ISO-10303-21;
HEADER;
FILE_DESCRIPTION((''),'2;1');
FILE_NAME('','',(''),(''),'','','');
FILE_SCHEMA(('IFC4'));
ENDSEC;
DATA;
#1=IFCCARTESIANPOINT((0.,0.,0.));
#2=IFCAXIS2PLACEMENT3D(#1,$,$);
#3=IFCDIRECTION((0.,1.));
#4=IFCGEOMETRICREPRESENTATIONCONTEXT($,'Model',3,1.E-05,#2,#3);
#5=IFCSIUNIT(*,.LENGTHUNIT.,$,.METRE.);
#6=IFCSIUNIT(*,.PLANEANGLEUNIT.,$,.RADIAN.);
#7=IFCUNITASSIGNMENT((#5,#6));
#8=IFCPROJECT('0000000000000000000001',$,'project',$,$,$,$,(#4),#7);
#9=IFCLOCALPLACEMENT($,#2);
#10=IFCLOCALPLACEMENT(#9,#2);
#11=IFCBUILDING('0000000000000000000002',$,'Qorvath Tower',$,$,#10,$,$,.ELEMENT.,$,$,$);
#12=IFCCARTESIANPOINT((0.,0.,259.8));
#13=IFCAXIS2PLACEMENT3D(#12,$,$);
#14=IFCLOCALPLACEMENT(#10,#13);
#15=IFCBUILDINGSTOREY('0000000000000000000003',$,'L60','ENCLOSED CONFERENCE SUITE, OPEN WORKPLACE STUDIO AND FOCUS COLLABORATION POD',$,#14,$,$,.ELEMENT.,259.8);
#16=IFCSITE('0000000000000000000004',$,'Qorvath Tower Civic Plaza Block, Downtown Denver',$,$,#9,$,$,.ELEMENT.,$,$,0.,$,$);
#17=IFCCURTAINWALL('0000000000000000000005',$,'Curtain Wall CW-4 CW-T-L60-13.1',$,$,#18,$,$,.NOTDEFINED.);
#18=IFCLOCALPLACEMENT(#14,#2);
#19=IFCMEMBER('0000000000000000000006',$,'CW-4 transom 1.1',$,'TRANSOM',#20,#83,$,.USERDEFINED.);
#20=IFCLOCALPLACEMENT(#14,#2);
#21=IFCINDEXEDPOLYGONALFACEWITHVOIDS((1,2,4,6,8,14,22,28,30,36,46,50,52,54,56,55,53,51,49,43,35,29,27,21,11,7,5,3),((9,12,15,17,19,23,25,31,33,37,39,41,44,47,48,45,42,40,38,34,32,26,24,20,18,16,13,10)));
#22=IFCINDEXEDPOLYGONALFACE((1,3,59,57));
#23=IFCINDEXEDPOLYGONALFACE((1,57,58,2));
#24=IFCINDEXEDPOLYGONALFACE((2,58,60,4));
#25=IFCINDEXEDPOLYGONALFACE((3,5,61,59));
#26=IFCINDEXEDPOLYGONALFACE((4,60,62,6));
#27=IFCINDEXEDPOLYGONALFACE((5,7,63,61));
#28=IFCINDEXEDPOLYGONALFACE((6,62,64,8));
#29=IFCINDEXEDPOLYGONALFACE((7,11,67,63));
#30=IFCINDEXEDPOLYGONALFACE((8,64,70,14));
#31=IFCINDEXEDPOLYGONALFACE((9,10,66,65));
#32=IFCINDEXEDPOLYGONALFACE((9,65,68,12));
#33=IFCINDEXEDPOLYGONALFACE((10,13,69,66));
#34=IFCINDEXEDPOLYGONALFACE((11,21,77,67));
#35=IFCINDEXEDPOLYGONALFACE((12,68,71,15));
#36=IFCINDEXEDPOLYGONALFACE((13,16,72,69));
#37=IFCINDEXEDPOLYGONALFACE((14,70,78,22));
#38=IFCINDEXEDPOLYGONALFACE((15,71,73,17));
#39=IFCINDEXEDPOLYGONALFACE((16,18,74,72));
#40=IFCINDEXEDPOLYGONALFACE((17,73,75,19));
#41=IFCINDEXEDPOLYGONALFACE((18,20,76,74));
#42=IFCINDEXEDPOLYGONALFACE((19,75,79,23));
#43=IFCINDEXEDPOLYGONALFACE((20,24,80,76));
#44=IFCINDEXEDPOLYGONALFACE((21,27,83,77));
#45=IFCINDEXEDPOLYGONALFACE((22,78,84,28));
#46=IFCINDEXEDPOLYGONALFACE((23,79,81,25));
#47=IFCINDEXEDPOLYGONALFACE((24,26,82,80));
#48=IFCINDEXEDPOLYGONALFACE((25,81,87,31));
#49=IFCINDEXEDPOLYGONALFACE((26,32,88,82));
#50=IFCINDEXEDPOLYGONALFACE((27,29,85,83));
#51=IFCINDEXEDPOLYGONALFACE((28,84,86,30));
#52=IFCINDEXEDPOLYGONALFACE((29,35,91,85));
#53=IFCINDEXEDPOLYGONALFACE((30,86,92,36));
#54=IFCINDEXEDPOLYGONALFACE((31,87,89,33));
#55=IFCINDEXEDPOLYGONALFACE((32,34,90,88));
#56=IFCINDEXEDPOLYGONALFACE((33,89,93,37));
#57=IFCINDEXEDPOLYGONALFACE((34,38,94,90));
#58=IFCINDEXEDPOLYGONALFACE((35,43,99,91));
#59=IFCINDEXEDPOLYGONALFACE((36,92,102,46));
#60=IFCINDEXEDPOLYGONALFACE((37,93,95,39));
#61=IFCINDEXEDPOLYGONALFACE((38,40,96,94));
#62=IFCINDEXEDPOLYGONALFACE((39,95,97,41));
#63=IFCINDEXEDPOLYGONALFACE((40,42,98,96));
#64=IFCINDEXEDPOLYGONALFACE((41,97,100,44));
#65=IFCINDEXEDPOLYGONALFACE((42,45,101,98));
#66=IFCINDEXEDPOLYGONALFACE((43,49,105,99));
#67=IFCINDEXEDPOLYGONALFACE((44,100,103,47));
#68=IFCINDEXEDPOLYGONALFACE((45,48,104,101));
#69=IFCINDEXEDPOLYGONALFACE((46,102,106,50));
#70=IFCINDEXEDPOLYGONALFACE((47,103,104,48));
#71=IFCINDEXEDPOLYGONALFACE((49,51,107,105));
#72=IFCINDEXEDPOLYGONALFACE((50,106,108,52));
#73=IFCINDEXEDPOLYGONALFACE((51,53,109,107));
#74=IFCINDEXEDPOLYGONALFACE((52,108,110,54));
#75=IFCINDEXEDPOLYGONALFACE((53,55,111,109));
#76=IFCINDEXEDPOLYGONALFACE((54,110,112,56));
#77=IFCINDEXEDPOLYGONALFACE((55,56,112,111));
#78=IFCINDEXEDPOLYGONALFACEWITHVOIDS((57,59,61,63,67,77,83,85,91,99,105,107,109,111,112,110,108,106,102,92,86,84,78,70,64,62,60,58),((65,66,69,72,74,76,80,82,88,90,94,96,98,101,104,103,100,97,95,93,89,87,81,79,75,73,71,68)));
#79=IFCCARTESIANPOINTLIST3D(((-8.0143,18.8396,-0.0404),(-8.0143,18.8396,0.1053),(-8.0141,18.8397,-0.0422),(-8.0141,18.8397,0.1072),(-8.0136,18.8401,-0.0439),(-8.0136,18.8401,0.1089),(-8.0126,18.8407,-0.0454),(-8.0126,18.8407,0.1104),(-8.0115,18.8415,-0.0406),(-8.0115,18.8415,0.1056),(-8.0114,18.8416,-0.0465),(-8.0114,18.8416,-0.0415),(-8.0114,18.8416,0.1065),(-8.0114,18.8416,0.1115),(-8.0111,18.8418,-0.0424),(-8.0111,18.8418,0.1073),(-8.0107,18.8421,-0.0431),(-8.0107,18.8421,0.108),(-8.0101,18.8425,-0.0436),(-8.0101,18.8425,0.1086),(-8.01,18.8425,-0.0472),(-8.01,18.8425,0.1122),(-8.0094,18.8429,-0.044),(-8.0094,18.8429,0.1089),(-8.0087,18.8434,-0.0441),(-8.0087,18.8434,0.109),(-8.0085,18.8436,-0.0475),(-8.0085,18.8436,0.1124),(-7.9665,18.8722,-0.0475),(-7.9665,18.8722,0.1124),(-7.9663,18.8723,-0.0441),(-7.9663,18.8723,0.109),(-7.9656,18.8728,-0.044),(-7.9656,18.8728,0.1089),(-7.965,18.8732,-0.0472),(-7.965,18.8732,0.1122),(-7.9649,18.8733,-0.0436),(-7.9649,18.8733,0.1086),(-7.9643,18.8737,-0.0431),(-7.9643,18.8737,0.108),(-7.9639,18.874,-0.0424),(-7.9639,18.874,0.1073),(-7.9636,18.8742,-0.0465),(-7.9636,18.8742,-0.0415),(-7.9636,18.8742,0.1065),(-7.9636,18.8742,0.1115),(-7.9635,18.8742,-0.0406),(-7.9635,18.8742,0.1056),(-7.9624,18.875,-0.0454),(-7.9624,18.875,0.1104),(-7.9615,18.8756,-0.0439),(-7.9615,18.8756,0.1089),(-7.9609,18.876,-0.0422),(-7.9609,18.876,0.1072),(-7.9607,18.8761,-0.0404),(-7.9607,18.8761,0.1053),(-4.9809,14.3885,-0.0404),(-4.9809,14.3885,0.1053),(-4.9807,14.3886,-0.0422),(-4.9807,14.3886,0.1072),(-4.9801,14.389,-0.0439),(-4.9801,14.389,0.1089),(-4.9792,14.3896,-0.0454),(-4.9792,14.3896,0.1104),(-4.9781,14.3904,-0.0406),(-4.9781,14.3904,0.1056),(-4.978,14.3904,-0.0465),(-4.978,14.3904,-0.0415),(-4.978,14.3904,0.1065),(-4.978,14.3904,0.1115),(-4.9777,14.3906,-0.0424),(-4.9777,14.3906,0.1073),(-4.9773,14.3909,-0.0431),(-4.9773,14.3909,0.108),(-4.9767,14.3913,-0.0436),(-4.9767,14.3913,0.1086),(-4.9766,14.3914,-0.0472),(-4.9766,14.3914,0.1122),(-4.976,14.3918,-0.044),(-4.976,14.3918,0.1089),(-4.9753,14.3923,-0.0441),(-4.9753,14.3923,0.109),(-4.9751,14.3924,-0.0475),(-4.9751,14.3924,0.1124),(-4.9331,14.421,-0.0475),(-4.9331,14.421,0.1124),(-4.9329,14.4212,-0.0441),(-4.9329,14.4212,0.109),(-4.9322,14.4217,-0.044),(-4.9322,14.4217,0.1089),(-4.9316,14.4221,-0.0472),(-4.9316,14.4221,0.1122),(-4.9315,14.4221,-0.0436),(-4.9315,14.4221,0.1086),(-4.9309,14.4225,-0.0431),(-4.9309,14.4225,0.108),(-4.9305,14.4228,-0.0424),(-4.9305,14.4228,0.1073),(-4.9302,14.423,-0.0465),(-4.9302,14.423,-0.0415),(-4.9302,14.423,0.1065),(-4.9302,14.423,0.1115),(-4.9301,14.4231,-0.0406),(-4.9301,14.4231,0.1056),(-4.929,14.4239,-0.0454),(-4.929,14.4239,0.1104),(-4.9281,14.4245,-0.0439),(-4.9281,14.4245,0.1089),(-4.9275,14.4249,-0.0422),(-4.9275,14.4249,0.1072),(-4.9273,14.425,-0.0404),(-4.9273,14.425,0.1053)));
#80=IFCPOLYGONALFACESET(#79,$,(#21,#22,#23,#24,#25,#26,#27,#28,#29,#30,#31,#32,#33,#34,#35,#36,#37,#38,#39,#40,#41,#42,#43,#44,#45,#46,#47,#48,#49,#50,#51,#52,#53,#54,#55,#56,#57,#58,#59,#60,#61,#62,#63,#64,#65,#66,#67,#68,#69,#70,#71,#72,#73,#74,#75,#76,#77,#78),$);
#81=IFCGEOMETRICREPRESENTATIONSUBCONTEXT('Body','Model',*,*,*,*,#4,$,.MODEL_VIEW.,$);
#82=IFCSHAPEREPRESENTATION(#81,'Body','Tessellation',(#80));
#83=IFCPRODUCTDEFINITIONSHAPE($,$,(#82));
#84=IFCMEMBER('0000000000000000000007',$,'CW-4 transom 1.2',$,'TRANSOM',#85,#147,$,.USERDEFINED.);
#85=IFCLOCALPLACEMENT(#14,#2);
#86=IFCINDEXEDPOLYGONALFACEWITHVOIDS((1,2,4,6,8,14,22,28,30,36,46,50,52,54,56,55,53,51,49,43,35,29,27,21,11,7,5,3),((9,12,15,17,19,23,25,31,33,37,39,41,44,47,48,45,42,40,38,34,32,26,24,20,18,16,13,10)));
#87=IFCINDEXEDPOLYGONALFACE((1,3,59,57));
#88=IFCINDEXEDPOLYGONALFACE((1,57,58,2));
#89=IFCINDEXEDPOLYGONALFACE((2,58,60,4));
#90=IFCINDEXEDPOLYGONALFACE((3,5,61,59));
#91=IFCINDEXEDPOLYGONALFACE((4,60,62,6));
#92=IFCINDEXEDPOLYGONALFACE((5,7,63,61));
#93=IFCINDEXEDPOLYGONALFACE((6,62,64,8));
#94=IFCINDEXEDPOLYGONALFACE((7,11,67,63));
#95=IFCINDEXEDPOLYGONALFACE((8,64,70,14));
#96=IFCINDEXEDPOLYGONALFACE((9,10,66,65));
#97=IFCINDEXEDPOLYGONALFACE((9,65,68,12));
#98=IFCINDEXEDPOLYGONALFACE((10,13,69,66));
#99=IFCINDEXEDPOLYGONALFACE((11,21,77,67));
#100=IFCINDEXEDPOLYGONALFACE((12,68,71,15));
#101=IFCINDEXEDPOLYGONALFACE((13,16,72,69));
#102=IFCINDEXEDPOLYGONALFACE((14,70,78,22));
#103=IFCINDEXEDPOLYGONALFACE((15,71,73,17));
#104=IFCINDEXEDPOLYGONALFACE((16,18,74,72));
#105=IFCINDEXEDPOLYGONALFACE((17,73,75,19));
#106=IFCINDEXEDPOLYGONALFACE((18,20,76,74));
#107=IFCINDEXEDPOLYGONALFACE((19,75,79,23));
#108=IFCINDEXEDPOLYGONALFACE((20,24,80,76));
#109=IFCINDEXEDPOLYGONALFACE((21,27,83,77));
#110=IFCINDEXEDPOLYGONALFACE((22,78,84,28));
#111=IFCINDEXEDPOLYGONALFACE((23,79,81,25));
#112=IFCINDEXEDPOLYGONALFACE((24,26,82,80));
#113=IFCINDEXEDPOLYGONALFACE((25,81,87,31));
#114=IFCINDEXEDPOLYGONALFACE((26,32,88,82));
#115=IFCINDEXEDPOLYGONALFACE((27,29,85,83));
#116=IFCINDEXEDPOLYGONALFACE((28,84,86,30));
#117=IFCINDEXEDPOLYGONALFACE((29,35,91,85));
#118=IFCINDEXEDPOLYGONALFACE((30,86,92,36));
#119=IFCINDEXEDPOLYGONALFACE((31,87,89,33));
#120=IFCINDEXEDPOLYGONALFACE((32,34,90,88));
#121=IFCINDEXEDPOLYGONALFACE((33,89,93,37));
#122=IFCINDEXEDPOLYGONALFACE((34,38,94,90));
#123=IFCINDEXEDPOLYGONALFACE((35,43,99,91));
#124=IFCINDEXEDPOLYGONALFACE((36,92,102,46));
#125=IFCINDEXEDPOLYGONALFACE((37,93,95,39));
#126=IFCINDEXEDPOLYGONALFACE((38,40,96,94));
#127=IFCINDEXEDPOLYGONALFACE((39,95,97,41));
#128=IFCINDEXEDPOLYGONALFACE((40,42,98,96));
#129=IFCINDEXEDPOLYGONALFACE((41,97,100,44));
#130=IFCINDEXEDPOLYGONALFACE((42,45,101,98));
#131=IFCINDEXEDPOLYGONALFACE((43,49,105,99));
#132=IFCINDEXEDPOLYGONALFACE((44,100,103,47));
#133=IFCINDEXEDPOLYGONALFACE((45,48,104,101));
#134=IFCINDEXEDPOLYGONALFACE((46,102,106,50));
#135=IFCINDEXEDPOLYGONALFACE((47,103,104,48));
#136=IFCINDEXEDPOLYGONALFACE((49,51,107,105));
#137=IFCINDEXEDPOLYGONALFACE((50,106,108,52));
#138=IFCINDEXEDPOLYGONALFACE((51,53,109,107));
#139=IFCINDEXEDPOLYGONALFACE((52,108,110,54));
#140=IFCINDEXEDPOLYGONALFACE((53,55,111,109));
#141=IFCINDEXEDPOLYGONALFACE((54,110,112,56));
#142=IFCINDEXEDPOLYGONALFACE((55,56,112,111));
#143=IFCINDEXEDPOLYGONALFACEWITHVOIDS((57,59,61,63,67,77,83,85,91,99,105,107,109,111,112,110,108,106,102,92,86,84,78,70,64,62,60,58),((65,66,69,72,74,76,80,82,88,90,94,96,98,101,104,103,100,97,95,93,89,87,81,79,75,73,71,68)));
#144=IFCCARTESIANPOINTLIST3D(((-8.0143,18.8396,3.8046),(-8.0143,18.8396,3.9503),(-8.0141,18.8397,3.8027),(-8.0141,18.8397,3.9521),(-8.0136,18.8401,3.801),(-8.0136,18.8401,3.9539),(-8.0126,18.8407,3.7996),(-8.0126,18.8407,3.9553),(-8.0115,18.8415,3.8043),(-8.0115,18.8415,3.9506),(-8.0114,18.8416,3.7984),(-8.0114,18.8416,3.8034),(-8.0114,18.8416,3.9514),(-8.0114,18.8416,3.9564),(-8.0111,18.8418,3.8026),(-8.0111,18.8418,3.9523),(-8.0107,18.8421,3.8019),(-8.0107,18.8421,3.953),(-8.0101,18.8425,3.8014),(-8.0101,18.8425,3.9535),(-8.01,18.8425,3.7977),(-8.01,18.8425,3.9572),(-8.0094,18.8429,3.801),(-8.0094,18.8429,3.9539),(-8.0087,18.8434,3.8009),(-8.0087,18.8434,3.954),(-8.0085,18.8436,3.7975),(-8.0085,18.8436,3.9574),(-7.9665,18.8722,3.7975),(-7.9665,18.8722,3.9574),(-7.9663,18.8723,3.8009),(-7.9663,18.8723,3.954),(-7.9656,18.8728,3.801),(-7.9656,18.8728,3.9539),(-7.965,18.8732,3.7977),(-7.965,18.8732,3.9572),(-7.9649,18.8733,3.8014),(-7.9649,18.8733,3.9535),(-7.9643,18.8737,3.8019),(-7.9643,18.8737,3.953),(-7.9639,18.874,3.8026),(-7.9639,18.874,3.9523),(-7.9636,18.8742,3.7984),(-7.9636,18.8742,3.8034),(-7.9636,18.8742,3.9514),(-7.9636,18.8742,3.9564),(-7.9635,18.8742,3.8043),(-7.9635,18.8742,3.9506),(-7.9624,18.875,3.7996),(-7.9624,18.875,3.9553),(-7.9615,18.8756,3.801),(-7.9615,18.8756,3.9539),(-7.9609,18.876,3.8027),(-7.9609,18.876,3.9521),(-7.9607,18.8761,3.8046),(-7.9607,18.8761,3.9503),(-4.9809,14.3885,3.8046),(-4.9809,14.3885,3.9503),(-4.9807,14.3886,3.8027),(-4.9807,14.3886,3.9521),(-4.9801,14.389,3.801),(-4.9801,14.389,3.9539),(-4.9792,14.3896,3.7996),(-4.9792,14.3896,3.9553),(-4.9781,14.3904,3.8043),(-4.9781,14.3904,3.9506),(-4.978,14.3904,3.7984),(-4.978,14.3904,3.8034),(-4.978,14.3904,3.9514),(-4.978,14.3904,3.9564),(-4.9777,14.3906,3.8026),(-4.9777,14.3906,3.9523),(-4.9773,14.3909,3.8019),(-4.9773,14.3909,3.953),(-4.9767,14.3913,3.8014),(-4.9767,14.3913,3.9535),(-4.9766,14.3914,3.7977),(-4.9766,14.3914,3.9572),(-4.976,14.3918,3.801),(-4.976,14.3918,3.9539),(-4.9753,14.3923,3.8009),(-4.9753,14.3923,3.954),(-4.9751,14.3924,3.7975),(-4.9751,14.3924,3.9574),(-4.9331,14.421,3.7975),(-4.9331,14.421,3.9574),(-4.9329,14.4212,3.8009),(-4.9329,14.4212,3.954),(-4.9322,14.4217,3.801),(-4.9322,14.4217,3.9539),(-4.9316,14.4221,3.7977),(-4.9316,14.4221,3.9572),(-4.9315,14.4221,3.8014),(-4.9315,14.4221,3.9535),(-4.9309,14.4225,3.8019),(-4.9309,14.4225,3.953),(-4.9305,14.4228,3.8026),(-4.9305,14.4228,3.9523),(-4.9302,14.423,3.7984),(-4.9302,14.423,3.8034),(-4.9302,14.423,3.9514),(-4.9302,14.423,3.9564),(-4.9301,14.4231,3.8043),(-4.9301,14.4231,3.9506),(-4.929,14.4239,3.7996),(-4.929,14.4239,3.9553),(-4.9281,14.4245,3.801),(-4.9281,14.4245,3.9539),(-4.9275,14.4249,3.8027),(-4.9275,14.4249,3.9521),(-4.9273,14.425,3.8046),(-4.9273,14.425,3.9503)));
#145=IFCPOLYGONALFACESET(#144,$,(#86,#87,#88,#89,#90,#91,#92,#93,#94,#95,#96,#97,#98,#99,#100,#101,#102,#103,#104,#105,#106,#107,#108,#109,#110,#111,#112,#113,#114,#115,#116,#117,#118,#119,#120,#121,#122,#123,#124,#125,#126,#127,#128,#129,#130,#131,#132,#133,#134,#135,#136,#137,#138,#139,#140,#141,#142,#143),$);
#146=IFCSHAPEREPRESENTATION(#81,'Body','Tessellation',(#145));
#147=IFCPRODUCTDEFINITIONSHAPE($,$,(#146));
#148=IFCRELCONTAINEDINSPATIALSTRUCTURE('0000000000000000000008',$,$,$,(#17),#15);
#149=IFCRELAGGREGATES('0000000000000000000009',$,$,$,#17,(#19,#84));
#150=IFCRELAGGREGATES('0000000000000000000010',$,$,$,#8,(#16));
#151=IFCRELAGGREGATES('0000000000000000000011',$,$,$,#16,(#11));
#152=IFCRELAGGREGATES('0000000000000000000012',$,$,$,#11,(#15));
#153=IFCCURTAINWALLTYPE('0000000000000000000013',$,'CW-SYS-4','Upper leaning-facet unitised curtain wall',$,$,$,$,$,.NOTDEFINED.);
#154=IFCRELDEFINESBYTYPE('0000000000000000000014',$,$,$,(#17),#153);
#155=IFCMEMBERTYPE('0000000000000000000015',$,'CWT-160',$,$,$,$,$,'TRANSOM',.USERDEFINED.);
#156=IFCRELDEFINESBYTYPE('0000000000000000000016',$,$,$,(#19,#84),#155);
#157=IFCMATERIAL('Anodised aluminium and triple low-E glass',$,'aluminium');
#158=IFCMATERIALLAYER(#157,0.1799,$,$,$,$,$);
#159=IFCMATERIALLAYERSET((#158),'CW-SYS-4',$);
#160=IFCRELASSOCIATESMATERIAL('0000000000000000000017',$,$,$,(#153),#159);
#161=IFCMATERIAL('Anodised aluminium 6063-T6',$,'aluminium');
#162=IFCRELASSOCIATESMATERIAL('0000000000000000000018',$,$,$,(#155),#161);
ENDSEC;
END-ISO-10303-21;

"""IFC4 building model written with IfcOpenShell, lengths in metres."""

from ifc_helpers import new_model, si_unit, direction, frame, origin, origin_2d, place, context, subcontext, project, spatial, hollow_rectangle, extrude, material, layer, layer_set, material_profile, profile_set, type_object, element, aggregate, save


model = new_model("IFC4")

# Units and contexts
model_context = context("Model", 3, precision=1e-05, world=origin(), true_north=direction((0.0, 1.0)))
body_context = subcontext(model_context, "Body", "Model", "MODEL_VIEW")
ifc_project = project(units=[si_unit("LENGTHUNIT", "METRE"), si_unit("PLANEANGLEUNIT", "RADIAN")], contexts=[model_context])

# Site, building, storey
site_placement = place(None, origin())
site = spatial("IfcSite", under=ifc_project, at=site_placement, Name="Qorvath Tower Civic Plaza Block, Downtown Denver", CompositionType="ELEMENT", RefElevation=0.0)
building_placement = place(site_placement, origin())
building = spatial("IfcBuilding", under=site, at=building_placement, Name="Qorvath Tower", CompositionType="ELEMENT")
storey_placement = place(building_placement, frame((0.0, 0.0, 259.8)))
storey = spatial("IfcBuildingStorey", under=building, at=storey_placement, Name="L60", Description="ENCLOSED CONFERENCE SUITE, OPEN WORKPLACE STUDIO AND FOCUS COLLABORATION POD", CompositionType="ELEMENT", Elevation=259.8)

# Shared definitions
ifc_material_1 = material(Name="Anodised aluminium and triple low-E glass", Category="aluminium")
ifc_layer_1 = layer(ifc_material_1, 0.1799)
ifc_layer_set_1 = layer_set([ifc_layer_1], Name="CW-SYS-4")
curtain_wall_type = type_object("IfcCurtainWallType", Name="CW-SYS-4", Description="Upper leaning-facet unitised curtain wall", PredefinedType="NOTDEFINED", material=ifc_layer_set_1)

# Curtain wall
curtain_wall_1_placement = place(storey_placement, origin())
curtain_wall_1 = element("IfcCurtainWall", 1, at=curtain_wall_1_placement, inside=storey, type_object=curtain_wall_type, Name="Curtain Wall CW-4 CW-T-L60-13.1", PredefinedType="NOTDEFINED")

# Members
ifc_material_2 = material(Name="Anodised aluminium 6063-T6", Category="aluminium")
ifc_material_profile_1 = material_profile(ifc_material_2, hollow_rectangle(XDim=0.0649, YDim=0.1599, WallThickness=0.0034, InnerFilletRadius=0.0034, OuterFilletRadius=0.0071, at=origin_2d()), Name="CWT 160x65")
ifc_profile_set_1 = profile_set([ifc_material_profile_1], Name="Anodised aluminium 6063-T6")
member_type_1 = type_object("IfcMemberType", Name="CWT-160", ElementType="TRANSOM", PredefinedType="USERDEFINED", material=ifc_profile_set_1)
member_1_placement = place(storey_placement, frame((-4.9541, 14.4067, 0.0325), z_axis=(-0.563154, 0.826352, 0.0), x_axis=(-0.826352, -0.563154, 0.0)))
member_1 = element("IfcMember", 2, at=member_1_placement, type_object=member_type_1, Name="CW-4 transom 1.1", ObjectType="TRANSOM", PredefinedType="USERDEFINED", context=body_context, shape_type="SweptSolid", body=[
    extrude(hollow_rectangle(XDim=0.0649, YDim=0.1599, WallThickness=0.0034, InnerFilletRadius=0.0034, OuterFilletRadius=0.0071, at=origin_2d()), origin(), (0.0, 0.0, 1.0), 5.3865),
])
member_2_placement = place(storey_placement, frame((-4.9541, 14.4067, 3.8774), z_axis=(-0.563154, 0.826352, 0.0), x_axis=(-0.826352, -0.563154, 0.0)))
member_2 = element("IfcMember", 3, at=member_2_placement, type_object=member_type_1, Name="CW-4 transom 1.2", ObjectType="TRANSOM", PredefinedType="USERDEFINED", context=body_context, shape_type="SweptSolid", body=[
    extrude(hollow_rectangle(XDim=0.0649, YDim=0.1599, WallThickness=0.0034, InnerFilletRadius=0.0034, OuterFilletRadius=0.0071, at=origin_2d()), origin(), (0.0, 0.0, 1.0), 5.3865),
])

aggregate(curtain_wall_1, [member_1, member_2])

save(model, "model.ifc")
